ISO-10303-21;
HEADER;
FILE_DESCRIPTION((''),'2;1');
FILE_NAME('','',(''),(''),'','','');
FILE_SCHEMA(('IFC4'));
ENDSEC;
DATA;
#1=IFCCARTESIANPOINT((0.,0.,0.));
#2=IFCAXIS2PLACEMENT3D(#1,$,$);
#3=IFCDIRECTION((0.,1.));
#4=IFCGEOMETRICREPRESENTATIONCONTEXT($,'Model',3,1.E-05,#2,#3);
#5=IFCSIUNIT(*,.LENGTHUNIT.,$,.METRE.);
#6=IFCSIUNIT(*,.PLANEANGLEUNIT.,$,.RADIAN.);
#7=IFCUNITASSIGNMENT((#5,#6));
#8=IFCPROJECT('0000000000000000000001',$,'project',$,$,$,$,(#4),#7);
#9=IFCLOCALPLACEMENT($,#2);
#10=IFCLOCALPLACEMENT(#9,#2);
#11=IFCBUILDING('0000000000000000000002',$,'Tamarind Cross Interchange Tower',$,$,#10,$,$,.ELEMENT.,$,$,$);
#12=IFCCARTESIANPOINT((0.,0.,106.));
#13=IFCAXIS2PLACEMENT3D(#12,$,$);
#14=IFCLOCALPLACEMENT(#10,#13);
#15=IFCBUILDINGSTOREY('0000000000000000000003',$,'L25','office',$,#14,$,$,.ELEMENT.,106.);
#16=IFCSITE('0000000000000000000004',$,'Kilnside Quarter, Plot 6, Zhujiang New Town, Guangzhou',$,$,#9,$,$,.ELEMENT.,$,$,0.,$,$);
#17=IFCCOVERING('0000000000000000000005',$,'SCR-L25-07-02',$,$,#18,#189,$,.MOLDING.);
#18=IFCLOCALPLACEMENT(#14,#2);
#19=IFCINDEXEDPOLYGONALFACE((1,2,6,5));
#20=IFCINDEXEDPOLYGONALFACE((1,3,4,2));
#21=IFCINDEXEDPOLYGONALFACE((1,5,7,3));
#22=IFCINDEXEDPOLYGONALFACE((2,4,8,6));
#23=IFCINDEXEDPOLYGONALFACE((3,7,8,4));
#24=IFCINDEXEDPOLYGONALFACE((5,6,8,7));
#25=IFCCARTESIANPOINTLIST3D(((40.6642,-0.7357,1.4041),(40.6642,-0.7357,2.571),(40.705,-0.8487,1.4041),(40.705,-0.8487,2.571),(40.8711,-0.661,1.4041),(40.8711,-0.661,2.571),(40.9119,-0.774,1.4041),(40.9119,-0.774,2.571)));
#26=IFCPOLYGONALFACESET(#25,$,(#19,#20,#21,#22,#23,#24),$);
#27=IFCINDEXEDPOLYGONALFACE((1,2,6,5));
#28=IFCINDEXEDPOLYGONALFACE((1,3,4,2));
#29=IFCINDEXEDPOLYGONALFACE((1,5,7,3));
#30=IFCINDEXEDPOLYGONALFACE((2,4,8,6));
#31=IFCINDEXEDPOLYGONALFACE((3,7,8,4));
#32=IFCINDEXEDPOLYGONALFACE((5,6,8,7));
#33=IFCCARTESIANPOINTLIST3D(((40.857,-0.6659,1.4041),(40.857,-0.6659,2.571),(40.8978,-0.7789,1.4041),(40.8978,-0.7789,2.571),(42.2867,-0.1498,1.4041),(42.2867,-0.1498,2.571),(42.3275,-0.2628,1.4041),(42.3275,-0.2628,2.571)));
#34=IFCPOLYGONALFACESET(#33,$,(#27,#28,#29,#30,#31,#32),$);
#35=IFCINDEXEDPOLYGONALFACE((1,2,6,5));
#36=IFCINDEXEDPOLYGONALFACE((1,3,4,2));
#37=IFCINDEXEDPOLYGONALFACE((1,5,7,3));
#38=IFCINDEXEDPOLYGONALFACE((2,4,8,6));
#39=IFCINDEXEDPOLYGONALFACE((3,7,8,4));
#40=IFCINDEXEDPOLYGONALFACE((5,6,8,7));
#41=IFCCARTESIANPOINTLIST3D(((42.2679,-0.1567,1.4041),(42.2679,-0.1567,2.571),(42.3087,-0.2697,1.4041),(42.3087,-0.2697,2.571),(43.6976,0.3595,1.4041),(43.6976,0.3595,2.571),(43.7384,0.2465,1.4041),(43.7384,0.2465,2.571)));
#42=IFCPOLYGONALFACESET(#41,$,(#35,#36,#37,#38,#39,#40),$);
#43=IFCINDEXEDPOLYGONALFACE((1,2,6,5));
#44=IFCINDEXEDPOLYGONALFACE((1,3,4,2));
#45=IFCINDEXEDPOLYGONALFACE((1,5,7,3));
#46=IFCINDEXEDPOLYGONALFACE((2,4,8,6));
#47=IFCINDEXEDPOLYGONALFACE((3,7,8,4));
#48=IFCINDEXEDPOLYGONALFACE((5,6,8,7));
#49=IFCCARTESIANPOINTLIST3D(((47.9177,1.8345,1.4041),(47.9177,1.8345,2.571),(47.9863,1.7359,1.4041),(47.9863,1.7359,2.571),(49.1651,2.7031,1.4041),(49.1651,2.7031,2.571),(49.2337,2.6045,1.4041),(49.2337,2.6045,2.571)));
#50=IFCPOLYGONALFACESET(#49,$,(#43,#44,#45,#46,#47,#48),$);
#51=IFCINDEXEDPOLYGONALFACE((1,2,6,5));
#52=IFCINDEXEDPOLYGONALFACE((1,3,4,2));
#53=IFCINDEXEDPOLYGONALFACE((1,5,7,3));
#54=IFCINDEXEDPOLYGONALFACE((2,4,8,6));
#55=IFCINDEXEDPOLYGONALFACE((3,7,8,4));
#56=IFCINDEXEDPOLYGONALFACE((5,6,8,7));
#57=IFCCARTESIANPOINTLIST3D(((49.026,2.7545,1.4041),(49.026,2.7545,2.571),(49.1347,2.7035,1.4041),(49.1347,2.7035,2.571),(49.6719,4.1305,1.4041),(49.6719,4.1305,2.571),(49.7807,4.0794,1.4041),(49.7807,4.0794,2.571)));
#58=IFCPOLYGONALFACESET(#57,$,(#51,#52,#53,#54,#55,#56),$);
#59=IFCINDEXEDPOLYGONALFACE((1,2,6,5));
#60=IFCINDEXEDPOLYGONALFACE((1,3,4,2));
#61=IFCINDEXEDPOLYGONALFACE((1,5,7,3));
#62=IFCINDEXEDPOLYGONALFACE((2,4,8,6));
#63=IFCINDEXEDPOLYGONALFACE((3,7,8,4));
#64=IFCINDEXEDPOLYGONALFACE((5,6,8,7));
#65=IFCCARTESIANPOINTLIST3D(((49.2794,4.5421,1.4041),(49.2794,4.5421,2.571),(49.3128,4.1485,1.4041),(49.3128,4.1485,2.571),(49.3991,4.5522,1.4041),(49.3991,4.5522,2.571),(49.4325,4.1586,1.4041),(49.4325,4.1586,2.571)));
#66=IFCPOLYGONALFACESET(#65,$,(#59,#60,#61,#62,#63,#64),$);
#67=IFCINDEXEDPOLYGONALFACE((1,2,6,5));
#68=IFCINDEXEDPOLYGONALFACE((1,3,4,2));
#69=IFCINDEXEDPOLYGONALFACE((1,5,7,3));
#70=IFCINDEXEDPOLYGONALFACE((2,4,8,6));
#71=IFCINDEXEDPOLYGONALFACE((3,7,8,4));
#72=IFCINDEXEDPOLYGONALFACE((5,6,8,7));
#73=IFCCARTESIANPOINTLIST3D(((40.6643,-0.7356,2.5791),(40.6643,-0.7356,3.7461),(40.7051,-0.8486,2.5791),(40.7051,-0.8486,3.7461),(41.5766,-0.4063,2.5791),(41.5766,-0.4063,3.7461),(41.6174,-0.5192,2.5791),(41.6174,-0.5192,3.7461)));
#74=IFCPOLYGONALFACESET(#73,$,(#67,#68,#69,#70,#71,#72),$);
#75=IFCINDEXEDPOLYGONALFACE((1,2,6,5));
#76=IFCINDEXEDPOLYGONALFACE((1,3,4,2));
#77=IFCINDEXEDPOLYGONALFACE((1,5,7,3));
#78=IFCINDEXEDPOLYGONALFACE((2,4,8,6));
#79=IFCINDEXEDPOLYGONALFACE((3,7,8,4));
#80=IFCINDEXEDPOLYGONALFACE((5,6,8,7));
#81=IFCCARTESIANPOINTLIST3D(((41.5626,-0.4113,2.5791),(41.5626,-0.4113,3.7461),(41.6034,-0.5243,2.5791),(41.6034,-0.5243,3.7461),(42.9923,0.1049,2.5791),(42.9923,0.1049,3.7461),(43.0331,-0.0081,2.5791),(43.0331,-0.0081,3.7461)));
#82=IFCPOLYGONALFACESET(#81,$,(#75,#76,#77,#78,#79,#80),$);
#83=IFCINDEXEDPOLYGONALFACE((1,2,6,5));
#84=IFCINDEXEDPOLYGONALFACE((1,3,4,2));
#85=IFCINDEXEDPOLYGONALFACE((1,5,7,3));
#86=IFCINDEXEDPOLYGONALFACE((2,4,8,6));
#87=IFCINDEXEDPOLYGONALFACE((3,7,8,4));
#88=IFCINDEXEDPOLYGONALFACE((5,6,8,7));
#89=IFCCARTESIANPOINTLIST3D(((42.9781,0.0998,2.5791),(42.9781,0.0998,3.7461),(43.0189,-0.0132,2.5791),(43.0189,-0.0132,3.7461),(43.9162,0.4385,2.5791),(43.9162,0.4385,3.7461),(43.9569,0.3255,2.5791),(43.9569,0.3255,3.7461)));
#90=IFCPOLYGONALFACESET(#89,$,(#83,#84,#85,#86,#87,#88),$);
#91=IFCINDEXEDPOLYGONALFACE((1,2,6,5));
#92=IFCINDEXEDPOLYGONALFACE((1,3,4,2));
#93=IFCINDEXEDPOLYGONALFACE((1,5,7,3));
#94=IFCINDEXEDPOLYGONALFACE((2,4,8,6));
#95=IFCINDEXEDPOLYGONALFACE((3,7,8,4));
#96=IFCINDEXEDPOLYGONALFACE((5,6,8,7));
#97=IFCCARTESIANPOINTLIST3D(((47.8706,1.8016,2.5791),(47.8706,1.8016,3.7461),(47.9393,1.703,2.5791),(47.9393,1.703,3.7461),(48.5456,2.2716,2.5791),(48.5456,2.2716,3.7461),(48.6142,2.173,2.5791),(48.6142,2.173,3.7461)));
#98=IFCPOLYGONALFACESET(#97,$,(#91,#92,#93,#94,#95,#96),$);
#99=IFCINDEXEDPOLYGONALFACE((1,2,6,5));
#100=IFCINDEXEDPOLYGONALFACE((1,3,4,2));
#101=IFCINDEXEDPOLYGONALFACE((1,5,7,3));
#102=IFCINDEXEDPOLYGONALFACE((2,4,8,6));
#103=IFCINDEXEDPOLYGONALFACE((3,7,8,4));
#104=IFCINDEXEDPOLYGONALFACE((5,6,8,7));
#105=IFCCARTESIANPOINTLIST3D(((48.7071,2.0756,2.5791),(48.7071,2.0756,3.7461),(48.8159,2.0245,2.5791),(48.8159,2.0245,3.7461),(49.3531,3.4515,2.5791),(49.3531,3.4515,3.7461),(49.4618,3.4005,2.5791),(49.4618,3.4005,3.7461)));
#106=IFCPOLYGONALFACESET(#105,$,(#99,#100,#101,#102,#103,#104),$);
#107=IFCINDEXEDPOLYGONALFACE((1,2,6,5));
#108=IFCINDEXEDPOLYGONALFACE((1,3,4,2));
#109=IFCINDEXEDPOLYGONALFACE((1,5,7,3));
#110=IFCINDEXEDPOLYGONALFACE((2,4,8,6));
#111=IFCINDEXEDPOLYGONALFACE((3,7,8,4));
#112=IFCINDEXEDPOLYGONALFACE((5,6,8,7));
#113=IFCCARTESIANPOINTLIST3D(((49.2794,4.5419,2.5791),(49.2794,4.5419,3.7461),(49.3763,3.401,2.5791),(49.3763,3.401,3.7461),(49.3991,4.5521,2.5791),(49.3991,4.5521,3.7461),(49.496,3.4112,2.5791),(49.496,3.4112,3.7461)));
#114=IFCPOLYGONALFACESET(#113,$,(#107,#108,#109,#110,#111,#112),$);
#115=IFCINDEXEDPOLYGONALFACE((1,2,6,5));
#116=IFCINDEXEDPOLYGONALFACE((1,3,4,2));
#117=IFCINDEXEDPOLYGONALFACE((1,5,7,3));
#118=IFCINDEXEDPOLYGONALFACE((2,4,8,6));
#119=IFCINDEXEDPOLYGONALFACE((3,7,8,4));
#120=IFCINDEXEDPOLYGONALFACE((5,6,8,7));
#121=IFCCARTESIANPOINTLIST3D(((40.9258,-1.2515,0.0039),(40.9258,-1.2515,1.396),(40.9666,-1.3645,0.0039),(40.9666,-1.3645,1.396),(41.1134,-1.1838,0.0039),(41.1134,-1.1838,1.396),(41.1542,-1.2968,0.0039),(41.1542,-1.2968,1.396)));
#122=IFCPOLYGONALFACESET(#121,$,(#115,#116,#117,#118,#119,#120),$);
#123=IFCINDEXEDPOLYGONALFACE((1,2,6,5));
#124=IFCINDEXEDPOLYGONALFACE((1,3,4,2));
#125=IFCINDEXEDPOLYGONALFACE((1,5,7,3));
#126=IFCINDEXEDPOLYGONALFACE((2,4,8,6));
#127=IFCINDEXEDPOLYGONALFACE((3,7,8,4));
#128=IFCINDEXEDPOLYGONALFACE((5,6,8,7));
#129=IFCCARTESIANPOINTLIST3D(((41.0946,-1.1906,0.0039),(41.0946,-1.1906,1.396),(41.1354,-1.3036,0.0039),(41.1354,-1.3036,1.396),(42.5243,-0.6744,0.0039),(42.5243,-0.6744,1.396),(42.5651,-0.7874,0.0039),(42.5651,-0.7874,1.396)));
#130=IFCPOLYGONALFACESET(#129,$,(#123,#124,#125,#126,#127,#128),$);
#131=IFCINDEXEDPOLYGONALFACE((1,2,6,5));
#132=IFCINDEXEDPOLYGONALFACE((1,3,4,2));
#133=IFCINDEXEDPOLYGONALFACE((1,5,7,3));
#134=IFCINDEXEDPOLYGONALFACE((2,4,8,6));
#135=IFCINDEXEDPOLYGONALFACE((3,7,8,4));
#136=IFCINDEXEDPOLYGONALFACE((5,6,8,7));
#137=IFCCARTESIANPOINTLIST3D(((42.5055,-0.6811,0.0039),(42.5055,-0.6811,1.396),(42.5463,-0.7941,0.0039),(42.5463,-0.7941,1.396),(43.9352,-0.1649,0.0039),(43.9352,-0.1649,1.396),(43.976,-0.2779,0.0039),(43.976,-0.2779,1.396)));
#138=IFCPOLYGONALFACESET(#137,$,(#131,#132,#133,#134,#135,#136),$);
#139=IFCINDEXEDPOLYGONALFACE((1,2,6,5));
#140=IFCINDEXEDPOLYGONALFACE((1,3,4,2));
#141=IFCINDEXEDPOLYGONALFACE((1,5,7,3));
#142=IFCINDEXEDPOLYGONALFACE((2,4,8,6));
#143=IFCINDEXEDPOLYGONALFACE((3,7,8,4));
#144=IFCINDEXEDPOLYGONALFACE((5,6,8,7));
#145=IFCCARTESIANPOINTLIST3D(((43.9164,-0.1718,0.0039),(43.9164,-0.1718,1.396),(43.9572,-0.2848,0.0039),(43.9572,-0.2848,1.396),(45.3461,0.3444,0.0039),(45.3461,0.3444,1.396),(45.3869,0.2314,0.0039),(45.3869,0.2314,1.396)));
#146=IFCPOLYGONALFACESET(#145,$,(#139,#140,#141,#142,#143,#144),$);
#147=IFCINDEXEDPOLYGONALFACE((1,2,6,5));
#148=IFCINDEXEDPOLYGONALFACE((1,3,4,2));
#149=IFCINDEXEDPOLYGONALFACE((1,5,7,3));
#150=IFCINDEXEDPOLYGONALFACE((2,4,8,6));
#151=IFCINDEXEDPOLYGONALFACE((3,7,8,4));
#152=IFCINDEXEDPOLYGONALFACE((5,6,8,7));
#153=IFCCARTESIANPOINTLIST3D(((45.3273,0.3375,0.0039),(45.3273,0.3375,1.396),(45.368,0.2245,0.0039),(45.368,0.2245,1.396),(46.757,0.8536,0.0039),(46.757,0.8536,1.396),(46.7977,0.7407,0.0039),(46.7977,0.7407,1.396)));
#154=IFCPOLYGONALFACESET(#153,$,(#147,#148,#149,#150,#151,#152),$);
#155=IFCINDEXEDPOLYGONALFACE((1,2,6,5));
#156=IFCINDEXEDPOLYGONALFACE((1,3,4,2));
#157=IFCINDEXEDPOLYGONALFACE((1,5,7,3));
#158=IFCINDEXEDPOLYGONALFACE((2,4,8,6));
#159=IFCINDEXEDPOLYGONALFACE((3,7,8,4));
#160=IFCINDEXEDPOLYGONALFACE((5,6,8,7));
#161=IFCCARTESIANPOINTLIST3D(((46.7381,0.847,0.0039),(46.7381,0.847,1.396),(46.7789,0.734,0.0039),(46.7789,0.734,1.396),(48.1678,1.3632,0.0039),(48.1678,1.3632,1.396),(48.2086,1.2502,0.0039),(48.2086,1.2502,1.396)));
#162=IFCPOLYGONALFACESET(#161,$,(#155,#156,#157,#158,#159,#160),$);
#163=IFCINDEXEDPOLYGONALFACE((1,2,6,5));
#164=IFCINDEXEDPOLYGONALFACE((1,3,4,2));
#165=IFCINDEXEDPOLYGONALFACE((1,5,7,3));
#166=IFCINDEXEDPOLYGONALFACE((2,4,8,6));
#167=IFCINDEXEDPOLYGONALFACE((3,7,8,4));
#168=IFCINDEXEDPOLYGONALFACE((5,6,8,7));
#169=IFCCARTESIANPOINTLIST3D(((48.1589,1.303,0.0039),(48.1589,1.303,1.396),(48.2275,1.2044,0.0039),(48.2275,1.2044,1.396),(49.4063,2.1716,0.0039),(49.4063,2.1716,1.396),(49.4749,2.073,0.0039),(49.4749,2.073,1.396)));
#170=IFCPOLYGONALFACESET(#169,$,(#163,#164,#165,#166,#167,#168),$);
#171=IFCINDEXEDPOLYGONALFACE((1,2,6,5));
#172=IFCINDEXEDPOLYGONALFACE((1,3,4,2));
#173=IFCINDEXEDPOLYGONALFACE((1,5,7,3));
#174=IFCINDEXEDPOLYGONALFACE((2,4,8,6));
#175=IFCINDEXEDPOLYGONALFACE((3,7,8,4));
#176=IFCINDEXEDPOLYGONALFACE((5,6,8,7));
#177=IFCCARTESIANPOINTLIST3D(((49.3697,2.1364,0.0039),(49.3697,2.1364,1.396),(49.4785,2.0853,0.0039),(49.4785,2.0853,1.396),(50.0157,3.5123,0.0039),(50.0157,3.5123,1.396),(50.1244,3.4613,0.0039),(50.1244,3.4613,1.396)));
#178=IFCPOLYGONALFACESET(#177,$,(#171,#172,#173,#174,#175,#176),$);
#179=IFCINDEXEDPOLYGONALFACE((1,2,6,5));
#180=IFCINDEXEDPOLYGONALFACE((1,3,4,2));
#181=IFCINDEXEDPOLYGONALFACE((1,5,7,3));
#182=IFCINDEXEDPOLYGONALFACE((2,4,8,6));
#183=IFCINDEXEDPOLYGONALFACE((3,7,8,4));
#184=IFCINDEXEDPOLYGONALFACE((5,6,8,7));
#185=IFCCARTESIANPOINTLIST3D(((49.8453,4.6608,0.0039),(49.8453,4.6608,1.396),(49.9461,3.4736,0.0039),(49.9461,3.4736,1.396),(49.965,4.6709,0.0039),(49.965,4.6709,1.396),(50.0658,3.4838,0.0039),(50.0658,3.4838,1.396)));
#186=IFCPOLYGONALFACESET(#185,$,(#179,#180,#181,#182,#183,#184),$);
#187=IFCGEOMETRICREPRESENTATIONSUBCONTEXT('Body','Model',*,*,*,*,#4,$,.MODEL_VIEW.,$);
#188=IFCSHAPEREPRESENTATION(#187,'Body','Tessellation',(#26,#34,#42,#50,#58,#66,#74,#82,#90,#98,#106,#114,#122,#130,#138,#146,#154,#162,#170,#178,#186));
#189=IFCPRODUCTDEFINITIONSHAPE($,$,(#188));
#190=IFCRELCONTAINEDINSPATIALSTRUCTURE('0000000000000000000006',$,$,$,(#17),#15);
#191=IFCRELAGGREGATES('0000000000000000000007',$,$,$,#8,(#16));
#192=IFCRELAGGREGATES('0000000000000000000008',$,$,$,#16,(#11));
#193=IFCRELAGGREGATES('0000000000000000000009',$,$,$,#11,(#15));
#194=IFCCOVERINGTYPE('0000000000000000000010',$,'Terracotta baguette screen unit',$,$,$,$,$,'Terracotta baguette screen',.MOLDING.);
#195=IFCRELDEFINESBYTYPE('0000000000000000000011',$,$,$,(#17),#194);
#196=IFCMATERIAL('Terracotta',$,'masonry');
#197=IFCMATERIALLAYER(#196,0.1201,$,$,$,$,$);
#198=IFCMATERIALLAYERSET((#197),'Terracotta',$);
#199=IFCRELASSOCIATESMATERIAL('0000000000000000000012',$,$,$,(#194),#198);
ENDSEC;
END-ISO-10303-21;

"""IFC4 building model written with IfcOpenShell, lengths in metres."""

from ifc_helpers import new_model, si_unit, direction, frame, origin, origin_2d, place, context, subcontext, project, spatial, rectangle, extrude, material, layer, layer_set, type_object, element, save


model = new_model("IFC4")

# Units and contexts
model_context = context("Model", 3, precision=1e-05, world=origin(), true_north=direction((0.0, 1.0)))
body_context = subcontext(model_context, "Body", "Model", "MODEL_VIEW")
ifc_project = project(units=[si_unit("LENGTHUNIT", "METRE"), si_unit("PLANEANGLEUNIT", "RADIAN")], contexts=[model_context])

# Site, building, storey
site_placement = place(None, origin())
site = spatial("IfcSite", under=ifc_project, at=site_placement, Name="Kilnside Quarter, Plot 6, Zhujiang New Town, Guangzhou", CompositionType="ELEMENT", RefElevation=0.0)
building_placement = place(site_placement, origin())
building = spatial("IfcBuilding", under=site, at=building_placement, Name="Tamarind Cross Interchange Tower", CompositionType="ELEMENT")
storey_placement = place(building_placement, frame((0.0, 0.0, 106.0)))
storey = spatial("IfcBuildingStorey", under=building, at=storey_placement, Name="L25", Description="office", CompositionType="ELEMENT", Elevation=106.0)

# Covering
ifc_material_1 = material(Name="Terracotta", Category="masonry")
ifc_layer_1 = layer(ifc_material_1, 0.1201)
ifc_layer_set_1 = layer_set([ifc_layer_1], Name="Terracotta")
covering_type = type_object("IfcCoveringType", Name="Terracotta baguette screen unit", ElementType="Terracotta baguette screen", PredefinedType="MOLDING", material=ifc_layer_set_1)
covering_1_placement = place(storey_placement, origin())
element("IfcCovering", 1, at=covering_1_placement, inside=storey, type_object=covering_type, Name="SCR-L25-07-02", PredefinedType="MOLDING", context=body_context, shape_type="SweptSolid", body=[
    extrude(rectangle(XDim=0.22, YDim=0.1201, at=origin_2d()), frame((40.7881, -0.7549, 1.4041), z_axis=(0.0, 0.0, 1.0), x_axis=(0.940578, 0.339579, 0.0)), (0.0, 0.0, 1.0), 1.167),
    extrude(rectangle(XDim=1.52, YDim=0.1201, at=origin_2d()), frame((41.5923, -0.4644, 1.4041), z_axis=(0.0, 0.0, 1.0), x_axis=(0.940578, 0.339579, 0.0)), (0.0, 0.0, 1.0), 1.167),
    extrude(rectangle(XDim=1.52, YDim=0.1201, at=origin_2d()), frame((43.0032, 0.0449, 1.4041), z_axis=(0.0, 0.0, 1.0), x_axis=(0.940578, 0.339579, 0.0)), (0.0, 0.0, 1.0), 1.167),
    extrude(rectangle(XDim=1.52, YDim=0.1201, at=origin_2d()), frame((48.5757, 2.2195, 1.4041), z_axis=(0.0, 0.0, 1.0), x_axis=(0.820639, 0.571447, 0.0)), (0.0, 0.0, 1.0), 1.167),
    extrude(rectangle(XDim=1.52, YDim=0.1201, at=origin_2d()), frame((49.4033, 3.417, 1.4041), z_axis=(0.0, 0.0, 1.0), x_axis=(0.424971, 0.905207, 0.0)), (0.0, 0.0, 1.0), 1.167),
    extrude(rectangle(XDim=0.395, YDim=0.1201, at=origin_2d()), frame((49.356, 4.3503, 1.4041), z_axis=(0.0, 0.0, 1.0), x_axis=(-0.084568, 0.996418, 0.0)), (0.0, 0.0, 1.0), 1.167),
    extrude(rectangle(XDim=0.97, YDim=0.1201, at=origin_2d()), frame((41.1409, -0.6274, 2.5791), z_axis=(0.0, 0.0, 1.0), x_axis=(0.940578, 0.339579, 0.0)), (0.0, 0.0, 1.0), 1.167),
    extrude(rectangle(XDim=1.52, YDim=0.1201, at=origin_2d()), frame((42.2979, -0.2097, 2.5791), z_axis=(0.0, 0.0, 1.0), x_axis=(0.940578, 0.339579, 0.0)), (0.0, 0.0, 1.0), 1.167),
    extrude(rectangle(XDim=0.9973, YDim=0.1201, at=origin_2d()), frame((43.4675, 0.2126, 2.5791), z_axis=(0.0, 0.0, 1.0), x_axis=(0.940578, 0.339579, 0.0)), (0.0, 0.0, 1.0), 1.167),
    extrude(rectangle(XDim=0.8225, YDim=0.1201, at=origin_2d()), frame((48.2424, 1.9873, 2.5791), z_axis=(0.0, 0.0, 1.0), x_axis=(0.820639, 0.571447, 0.0)), (0.0, 0.0, 1.0), 1.167),
    extrude(rectangle(XDim=1.52, YDim=0.1201, at=origin_2d()), frame((49.0845, 2.738, 2.5791), z_axis=(0.0, 0.0, 1.0), x_axis=(0.424971, 0.905207, 0.0)), (0.0, 0.0, 1.0), 1.167),
    extrude(rectangle(XDim=1.145, YDim=0.1201, at=origin_2d()), frame((49.3877, 3.9766, 2.5791), z_axis=(0.0, 0.0, 1.0), x_axis=(-0.084568, 0.996418, 0.0)), (0.0, 0.0, 1.0), 1.167),
    extrude(rectangle(XDim=0.1995, YDim=0.1201, at=origin_2d()), frame((41.04, -1.2742, 0.0039), z_axis=(0.0, 0.0, 1.0), x_axis=(0.940578, 0.339579, 0.0)), (0.0, 0.0, 1.0), 1.3921),
    extrude(rectangle(XDim=1.52, YDim=0.1201, at=origin_2d()), frame((41.8298, -0.989, 0.0039), z_axis=(0.0, 0.0, 1.0), x_axis=(0.940578, 0.339579, 0.0)), (0.0, 0.0, 1.0), 1.3921),
    extrude(rectangle(XDim=1.52, YDim=0.1201, at=origin_2d()), frame((43.2407, -0.4795, 0.0039), z_axis=(0.0, 0.0, 1.0), x_axis=(0.940578, 0.339579, 0.0)), (0.0, 0.0, 1.0), 1.3921),
    extrude(rectangle(XDim=1.52, YDim=0.1201, at=origin_2d()), frame((44.6516, 0.0298, 0.0039), z_axis=(0.0, 0.0, 1.0), x_axis=(0.940578, 0.339579, 0.0)), (0.0, 0.0, 1.0), 1.3921),
    extrude(rectangle(XDim=1.52, YDim=0.1201, at=origin_2d()), frame((46.0625, 0.5391, 0.0039), z_axis=(0.0, 0.0, 1.0), x_axis=(0.940578, 0.339579, 0.0)), (0.0, 0.0, 1.0), 1.3921),
    extrude(rectangle(XDim=1.52, YDim=0.1201, at=origin_2d()), frame((47.4734, 1.0486, 0.0039), z_axis=(0.0, 0.0, 1.0), x_axis=(0.940578, 0.339579, 0.0)), (0.0, 0.0, 1.0), 1.3921),
    extrude(rectangle(XDim=1.52, YDim=0.1201, at=origin_2d()), frame((48.8169, 1.688, 0.0039), z_axis=(0.0, 0.0, 1.0), x_axis=(0.820639, 0.571447, 0.0)), (0.0, 0.0, 1.0), 1.3921),
    extrude(rectangle(XDim=1.52, YDim=0.1201, at=origin_2d()), frame((49.7471, 2.7988, 0.0039), z_axis=(0.0, 0.0, 1.0), x_axis=(0.424971, 0.905207, 0.0)), (0.0, 0.0, 1.0), 1.3921),
    extrude(rectangle(XDim=1.1914, YDim=0.1201, at=origin_2d()), frame((49.9556, 4.0723, 0.0039), z_axis=(0.0, 0.0, 1.0), x_axis=(-0.084568, 0.996418, 0.0)), (0.0, 0.0, 1.0), 1.3921),
])

save(model, "model.ifc")
